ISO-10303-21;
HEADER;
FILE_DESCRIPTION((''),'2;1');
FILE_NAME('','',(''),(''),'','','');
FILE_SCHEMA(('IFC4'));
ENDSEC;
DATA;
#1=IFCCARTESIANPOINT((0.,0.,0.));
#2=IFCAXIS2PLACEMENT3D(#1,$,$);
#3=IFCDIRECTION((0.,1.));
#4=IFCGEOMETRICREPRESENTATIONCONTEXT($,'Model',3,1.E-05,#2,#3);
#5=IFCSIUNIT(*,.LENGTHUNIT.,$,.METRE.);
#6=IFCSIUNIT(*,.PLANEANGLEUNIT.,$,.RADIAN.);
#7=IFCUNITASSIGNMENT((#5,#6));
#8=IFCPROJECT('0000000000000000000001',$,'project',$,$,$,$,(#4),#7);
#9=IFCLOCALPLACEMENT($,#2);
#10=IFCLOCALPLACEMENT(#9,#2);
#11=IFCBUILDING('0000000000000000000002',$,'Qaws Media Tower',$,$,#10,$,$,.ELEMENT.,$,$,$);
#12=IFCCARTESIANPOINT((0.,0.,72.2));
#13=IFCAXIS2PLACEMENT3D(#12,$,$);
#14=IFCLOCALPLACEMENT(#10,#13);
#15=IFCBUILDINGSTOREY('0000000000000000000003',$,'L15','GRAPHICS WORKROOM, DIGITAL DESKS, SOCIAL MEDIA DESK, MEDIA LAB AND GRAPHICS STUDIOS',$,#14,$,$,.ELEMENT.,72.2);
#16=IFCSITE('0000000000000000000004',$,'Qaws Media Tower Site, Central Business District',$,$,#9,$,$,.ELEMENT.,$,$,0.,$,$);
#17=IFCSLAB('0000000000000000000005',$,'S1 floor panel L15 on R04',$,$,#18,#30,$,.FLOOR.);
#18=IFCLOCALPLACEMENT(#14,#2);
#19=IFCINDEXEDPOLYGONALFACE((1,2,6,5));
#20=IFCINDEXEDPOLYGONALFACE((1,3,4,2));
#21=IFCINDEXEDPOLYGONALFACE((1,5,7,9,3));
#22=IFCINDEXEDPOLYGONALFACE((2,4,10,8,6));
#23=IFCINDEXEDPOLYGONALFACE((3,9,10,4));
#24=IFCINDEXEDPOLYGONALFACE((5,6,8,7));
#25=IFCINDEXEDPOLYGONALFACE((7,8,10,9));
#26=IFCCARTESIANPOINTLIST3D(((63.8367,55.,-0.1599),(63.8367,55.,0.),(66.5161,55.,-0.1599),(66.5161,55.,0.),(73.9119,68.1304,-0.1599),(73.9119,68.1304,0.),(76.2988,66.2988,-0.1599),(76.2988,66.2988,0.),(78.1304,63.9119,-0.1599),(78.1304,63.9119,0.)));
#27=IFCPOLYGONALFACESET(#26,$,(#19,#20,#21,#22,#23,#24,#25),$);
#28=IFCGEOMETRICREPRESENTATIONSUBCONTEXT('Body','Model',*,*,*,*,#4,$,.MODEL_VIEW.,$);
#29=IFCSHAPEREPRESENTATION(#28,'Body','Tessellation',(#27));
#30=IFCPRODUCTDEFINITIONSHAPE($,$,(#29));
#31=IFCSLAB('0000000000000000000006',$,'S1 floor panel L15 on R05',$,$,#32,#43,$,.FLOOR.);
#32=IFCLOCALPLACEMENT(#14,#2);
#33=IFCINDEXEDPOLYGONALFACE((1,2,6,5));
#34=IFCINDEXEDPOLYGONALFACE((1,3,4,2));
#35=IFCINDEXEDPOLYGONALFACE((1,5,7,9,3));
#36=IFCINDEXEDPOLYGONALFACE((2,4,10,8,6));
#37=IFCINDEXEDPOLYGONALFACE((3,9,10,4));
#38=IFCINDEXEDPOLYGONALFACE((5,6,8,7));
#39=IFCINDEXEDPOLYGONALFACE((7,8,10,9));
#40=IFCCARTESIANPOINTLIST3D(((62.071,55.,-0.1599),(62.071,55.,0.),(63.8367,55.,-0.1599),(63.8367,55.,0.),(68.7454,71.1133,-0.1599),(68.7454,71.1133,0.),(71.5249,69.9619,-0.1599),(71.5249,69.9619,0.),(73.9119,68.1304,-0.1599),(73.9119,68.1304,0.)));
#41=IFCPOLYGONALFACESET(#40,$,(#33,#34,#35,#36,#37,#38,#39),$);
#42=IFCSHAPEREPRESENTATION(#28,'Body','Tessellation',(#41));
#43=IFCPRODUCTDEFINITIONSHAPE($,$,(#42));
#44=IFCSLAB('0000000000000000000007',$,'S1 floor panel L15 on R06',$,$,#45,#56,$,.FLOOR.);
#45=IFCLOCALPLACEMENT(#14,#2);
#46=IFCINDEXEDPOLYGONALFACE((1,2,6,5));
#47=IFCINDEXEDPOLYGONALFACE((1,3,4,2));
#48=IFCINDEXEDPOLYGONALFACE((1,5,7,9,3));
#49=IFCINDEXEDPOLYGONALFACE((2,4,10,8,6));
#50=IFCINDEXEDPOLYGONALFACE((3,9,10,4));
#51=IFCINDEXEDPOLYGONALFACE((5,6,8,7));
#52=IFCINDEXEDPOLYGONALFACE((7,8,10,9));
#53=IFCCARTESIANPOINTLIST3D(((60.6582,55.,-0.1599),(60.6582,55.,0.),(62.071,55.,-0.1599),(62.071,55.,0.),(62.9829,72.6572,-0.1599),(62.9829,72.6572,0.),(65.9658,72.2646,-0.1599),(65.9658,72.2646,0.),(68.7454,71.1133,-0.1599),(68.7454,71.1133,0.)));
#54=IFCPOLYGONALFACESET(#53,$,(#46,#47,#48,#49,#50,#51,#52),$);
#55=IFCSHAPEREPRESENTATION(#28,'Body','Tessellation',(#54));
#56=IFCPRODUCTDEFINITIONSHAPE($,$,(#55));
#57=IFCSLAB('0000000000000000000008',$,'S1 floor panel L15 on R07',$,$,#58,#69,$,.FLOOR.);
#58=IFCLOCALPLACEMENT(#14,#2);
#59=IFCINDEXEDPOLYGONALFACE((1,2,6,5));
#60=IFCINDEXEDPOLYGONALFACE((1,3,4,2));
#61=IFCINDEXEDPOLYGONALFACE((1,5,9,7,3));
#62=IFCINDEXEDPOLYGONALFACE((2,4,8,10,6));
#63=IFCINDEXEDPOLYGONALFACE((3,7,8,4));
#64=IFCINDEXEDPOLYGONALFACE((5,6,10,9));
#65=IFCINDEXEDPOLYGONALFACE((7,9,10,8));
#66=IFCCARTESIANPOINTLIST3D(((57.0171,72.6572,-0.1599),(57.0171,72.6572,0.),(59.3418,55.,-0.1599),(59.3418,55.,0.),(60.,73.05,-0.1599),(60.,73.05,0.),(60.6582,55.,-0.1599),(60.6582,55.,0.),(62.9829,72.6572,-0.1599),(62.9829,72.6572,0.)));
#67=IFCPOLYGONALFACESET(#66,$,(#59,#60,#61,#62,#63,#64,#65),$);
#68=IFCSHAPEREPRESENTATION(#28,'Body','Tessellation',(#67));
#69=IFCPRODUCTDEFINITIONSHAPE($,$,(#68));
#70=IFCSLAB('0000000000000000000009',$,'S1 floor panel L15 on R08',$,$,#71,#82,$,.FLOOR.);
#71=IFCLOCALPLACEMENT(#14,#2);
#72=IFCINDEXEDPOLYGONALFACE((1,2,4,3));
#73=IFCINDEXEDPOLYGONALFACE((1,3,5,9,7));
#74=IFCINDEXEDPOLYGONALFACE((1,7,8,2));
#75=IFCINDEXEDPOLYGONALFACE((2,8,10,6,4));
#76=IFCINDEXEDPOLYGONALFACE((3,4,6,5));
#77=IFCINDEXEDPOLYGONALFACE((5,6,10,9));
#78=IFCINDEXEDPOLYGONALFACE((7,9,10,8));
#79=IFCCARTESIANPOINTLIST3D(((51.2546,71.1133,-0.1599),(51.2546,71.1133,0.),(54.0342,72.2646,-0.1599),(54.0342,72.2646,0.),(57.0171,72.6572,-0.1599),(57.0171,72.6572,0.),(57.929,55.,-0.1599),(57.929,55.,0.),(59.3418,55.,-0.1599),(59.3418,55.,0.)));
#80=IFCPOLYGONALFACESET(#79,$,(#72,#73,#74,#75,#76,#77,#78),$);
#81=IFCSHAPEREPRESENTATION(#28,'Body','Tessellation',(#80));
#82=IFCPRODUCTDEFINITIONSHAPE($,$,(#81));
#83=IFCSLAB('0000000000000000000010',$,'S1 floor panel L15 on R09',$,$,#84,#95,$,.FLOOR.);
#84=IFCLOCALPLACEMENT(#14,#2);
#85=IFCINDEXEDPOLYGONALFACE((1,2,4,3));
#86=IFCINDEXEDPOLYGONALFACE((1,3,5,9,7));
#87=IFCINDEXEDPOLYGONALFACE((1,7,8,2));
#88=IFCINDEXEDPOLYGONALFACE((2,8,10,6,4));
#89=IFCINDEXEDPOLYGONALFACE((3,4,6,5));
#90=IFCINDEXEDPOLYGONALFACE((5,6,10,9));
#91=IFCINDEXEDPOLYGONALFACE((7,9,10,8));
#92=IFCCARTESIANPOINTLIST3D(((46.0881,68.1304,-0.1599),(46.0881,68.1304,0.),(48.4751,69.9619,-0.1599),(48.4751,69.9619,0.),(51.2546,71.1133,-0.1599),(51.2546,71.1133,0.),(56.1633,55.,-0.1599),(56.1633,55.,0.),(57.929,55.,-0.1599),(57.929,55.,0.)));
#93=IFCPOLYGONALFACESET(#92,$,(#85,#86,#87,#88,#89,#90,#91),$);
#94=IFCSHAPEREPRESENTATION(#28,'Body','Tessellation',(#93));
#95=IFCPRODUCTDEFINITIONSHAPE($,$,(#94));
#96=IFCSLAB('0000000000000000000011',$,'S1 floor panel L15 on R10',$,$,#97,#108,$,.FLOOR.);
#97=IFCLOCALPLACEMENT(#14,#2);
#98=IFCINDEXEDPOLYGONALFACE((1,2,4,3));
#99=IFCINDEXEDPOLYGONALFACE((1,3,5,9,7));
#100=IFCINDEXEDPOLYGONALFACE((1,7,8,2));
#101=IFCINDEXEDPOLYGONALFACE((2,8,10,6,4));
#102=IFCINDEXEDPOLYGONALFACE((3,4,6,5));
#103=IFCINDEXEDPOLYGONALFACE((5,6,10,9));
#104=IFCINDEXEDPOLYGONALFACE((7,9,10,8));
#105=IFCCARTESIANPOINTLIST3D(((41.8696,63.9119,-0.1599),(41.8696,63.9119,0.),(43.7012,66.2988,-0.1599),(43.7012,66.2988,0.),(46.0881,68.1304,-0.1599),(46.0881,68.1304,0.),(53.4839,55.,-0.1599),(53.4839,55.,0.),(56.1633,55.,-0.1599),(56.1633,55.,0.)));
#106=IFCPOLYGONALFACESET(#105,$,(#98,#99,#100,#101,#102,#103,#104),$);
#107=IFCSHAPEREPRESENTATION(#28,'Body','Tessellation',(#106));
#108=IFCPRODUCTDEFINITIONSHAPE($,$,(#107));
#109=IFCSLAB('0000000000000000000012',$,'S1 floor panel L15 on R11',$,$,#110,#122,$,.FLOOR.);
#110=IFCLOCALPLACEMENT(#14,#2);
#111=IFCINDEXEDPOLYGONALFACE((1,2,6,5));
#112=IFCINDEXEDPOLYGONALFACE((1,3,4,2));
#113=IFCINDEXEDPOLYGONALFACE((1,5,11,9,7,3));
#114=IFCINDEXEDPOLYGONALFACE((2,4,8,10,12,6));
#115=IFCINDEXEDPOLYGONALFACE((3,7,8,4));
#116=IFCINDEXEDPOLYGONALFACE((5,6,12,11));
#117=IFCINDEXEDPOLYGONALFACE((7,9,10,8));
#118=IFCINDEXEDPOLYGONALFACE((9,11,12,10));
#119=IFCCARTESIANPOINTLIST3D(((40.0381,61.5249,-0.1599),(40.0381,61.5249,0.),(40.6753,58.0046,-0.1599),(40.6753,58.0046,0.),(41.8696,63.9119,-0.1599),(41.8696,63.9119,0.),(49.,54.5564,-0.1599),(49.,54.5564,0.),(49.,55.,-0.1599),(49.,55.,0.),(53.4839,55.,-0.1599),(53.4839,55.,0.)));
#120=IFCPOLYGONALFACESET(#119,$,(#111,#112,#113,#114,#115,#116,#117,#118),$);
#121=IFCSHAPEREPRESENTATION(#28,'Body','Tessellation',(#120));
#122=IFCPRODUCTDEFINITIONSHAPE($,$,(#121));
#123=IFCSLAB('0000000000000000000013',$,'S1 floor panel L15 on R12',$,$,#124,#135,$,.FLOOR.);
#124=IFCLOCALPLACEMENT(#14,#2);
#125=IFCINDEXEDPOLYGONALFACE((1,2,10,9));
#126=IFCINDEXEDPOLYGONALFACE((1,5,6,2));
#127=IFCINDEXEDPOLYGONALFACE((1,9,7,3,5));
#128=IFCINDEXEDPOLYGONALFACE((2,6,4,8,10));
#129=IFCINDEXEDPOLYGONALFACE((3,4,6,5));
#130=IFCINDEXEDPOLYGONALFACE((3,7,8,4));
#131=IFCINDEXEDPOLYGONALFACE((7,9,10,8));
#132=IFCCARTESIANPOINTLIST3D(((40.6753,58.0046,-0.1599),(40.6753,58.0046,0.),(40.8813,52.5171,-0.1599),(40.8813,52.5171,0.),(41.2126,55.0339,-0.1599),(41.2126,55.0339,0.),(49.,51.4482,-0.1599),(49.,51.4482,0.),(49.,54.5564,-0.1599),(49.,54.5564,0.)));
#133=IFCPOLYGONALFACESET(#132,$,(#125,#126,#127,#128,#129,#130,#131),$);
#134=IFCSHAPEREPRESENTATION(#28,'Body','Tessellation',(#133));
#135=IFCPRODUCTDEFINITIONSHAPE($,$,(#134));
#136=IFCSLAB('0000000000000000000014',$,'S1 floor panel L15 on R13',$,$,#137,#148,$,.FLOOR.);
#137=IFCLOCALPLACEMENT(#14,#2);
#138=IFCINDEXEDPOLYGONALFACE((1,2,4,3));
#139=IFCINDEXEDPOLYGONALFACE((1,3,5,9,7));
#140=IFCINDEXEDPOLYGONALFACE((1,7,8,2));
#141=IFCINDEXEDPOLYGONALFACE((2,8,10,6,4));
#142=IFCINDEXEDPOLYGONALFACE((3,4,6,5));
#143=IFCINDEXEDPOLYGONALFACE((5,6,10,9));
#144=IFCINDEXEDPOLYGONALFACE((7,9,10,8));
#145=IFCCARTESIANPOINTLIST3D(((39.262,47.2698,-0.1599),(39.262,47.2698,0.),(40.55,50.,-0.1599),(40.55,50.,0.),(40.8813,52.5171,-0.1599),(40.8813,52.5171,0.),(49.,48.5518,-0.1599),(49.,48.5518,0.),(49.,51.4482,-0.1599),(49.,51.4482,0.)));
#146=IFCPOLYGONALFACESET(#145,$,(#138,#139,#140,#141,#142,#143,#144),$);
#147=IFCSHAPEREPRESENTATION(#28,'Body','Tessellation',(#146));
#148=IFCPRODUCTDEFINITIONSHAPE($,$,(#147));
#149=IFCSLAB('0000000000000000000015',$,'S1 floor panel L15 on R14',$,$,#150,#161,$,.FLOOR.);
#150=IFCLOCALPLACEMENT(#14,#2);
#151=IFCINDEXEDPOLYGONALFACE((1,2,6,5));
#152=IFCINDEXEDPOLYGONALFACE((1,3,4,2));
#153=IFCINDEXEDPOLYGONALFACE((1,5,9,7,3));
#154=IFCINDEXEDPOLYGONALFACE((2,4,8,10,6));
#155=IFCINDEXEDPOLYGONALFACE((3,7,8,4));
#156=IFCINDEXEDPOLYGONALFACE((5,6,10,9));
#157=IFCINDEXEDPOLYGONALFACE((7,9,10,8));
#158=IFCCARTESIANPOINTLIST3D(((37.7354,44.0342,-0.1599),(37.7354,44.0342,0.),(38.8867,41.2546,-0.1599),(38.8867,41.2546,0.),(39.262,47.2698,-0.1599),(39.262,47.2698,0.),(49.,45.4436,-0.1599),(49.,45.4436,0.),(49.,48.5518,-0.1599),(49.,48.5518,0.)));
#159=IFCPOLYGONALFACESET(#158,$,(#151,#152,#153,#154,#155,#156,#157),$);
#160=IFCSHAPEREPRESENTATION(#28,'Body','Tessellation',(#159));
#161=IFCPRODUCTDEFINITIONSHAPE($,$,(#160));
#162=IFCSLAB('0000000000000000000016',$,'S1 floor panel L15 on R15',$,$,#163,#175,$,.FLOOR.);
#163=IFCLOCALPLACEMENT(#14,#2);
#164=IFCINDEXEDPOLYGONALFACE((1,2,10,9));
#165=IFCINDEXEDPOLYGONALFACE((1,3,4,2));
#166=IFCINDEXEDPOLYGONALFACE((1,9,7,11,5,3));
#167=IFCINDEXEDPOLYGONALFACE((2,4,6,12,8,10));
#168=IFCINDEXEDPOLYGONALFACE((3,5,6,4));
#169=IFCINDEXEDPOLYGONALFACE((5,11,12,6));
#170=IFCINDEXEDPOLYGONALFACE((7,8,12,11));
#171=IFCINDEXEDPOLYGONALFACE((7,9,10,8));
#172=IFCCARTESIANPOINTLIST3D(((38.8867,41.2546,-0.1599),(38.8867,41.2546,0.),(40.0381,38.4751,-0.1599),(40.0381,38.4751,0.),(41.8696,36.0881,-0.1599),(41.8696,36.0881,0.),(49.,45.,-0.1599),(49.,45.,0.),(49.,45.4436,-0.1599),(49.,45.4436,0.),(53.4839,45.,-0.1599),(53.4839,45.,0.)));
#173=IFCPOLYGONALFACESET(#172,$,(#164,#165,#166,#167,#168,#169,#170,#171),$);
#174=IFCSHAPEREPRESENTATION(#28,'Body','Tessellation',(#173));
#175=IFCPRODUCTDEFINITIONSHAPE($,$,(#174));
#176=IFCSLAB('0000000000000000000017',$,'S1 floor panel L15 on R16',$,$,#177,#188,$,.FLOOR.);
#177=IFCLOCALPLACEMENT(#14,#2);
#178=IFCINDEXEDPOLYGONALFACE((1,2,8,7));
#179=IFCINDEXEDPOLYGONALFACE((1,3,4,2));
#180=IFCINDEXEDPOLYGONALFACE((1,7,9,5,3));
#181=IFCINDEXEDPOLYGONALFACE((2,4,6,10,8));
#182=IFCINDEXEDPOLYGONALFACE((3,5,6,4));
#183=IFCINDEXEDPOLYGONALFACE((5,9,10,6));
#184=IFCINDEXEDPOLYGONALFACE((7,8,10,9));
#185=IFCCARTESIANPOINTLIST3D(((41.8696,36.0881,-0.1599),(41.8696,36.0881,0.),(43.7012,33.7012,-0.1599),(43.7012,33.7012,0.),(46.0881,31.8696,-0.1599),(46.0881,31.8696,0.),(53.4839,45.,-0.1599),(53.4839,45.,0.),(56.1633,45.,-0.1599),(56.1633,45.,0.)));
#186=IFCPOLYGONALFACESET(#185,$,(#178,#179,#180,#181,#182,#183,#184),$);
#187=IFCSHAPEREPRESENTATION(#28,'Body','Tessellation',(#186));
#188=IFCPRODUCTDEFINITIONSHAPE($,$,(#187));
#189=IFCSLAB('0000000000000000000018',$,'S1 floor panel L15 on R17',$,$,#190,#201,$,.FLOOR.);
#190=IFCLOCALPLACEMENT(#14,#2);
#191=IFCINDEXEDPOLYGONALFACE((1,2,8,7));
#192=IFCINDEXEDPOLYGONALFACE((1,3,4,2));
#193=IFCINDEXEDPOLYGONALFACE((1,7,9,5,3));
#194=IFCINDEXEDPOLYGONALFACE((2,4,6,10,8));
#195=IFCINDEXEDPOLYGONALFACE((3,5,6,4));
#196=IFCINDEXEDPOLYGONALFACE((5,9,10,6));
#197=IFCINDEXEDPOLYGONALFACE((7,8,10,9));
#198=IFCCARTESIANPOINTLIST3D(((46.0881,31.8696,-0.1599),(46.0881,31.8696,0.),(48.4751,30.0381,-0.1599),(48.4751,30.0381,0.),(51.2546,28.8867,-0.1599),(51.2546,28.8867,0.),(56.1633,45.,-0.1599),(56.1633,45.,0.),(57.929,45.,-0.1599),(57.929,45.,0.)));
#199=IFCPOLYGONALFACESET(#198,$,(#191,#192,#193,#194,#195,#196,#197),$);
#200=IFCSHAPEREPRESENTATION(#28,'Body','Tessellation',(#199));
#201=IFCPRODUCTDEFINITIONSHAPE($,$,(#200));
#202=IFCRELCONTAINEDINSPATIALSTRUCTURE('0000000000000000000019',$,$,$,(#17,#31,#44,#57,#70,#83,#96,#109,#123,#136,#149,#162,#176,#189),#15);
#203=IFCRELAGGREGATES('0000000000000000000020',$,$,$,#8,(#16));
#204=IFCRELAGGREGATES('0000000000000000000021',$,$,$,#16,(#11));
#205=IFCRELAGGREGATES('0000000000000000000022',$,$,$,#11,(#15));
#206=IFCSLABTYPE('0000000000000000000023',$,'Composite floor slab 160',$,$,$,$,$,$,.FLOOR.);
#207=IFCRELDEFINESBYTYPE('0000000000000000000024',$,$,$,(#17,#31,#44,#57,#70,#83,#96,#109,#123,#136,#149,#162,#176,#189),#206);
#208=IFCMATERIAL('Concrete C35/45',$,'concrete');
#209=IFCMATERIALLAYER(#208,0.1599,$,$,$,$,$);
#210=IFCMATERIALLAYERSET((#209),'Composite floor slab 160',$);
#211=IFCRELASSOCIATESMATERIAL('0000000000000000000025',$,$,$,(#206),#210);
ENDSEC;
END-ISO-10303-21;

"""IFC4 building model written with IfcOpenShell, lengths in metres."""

from ifc_helpers import new_model, si_unit, direction, frame, origin, place, context, subcontext, project, spatial, polyline, outline, extrude, material, layer, layer_set, type_object, element, save


model = new_model("IFC4")

# Units and contexts
model_context = context("Model", 3, precision=1e-05, world=origin(), true_north=direction((0.0, 1.0)))
body_context = subcontext(model_context, "Body", "Model", "MODEL_VIEW")
ifc_project = project(units=[si_unit("LENGTHUNIT", "METRE"), si_unit("PLANEANGLEUNIT", "RADIAN")], contexts=[model_context])

# Site, building, storey
site_placement = place(None, origin())
site = spatial("IfcSite", under=ifc_project, at=site_placement, Name="Qaws Media Tower Site, Central Business District", CompositionType="ELEMENT", RefElevation=0.0)
building_placement = place(site_placement, origin())
building = spatial("IfcBuilding", under=site, at=building_placement, Name="Qaws Media Tower", CompositionType="ELEMENT")
storey_placement = place(building_placement, frame((0.0, 0.0, 72.2)))
storey = spatial("IfcBuildingStorey", under=building, at=storey_placement, Name="L15", Description="GRAPHICS WORKROOM, DIGITAL DESKS, SOCIAL MEDIA DESK, MEDIA LAB AND GRAPHICS STUDIOS", CompositionType="ELEMENT", Elevation=72.2)

# Slabs
ifc_material_1 = material(Name="Concrete C35/45", Category="concrete")
ifc_layer_1 = layer(ifc_material_1, 0.1599)
ifc_layer_set_1 = layer_set([ifc_layer_1], Name="Composite floor slab 160")
slab_type_1 = type_object("IfcSlabType", Name="Composite floor slab 160", PredefinedType="FLOOR", material=ifc_layer_set_1)
slab_1_placement = place(storey_placement, frame((0.0, 0.0, -0.1599)))
element("IfcSlab", 1, at=slab_1_placement, inside=storey, type_object=slab_type_1, Name="S1 floor panel L15 on R04", PredefinedType="FLOOR", context=body_context, shape_type="SweptSolid", body=[
    extrude(outline(polyline([(76.2988, 66.2988), (78.1304, 63.9119), (66.5161, 55.0), (63.8367, 55.0), (73.9119, 68.1304), (76.2988, 66.2988)])), origin(), (0.0, 0.0, 1.0), 0.1599),
])
slab_2_placement = place(storey_placement, frame((0.0, 0.0, -0.1599)))
element("IfcSlab", 2, at=slab_2_placement, inside=storey, type_object=slab_type_1, Name="S1 floor panel L15 on R05", PredefinedType="FLOOR", context=body_context, shape_type="SweptSolid", body=[
    extrude(outline(polyline([(71.5249, 69.9619), (73.9119, 68.1304), (63.8367, 55.0), (62.071, 55.0), (68.7454, 71.1133), (71.5249, 69.9619)])), origin(), (0.0, 0.0, 1.0), 0.1599),
])
slab_3_placement = place(storey_placement, frame((0.0, 0.0, -0.1599)))
element("IfcSlab", 3, at=slab_3_placement, inside=storey, type_object=slab_type_1, Name="S1 floor panel L15 on R06", PredefinedType="FLOOR", context=body_context, shape_type="SweptSolid", body=[
    extrude(outline(polyline([(65.9658, 72.2646), (68.7454, 71.1133), (62.071, 55.0), (60.6582, 55.0), (62.9829, 72.6572), (65.9658, 72.2646)])), origin(), (0.0, 0.0, 1.0), 0.1599),
])
slab_4_placement = place(storey_placement, frame((0.0, 0.0, -0.1599)))
element("IfcSlab", 4, at=slab_4_placement, inside=storey, type_object=slab_type_1, Name="S1 floor panel L15 on R07", PredefinedType="FLOOR", context=body_context, shape_type="SweptSolid", body=[
    extrude(outline(polyline([(60.0, 73.05), (62.9829, 72.6572), (60.6582, 55.0), (59.3418, 55.0), (57.0171, 72.6572), (60.0, 73.05)])), origin(), (0.0, 0.0, 1.0), 0.1599),
])
slab_5_placement = place(storey_placement, frame((0.0, 0.0, -0.1599)))
element("IfcSlab", 5, at=slab_5_placement, inside=storey, type_object=slab_type_1, Name="S1 floor panel L15 on R08", PredefinedType="FLOOR", context=body_context, shape_type="SweptSolid", body=[
    extrude(outline(polyline([(54.0342, 72.2646), (57.0171, 72.6572), (59.3418, 55.0), (57.929, 55.0), (51.2546, 71.1133), (54.0342, 72.2646)])), origin(), (0.0, 0.0, 1.0), 0.1599),
])
slab_6_placement = place(storey_placement, frame((0.0, 0.0, -0.1599)))
element("IfcSlab", 6, at=slab_6_placement, inside=storey, type_object=slab_type_1, Name="S1 floor panel L15 on R09", PredefinedType="FLOOR", context=body_context, shape_type="SweptSolid", body=[
    extrude(outline(polyline([(48.4751, 69.9619), (51.2546, 71.1133), (57.929, 55.0), (56.1633, 55.0), (46.0881, 68.1304), (48.4751, 69.9619)])), origin(), (0.0, 0.0, 1.0), 0.1599),
])
slab_7_placement = place(storey_placement, frame((0.0, 0.0, -0.1599)))
element("IfcSlab", 7, at=slab_7_placement, inside=storey, type_object=slab_type_1, Name="S1 floor panel L15 on R10", PredefinedType="FLOOR", context=body_context, shape_type="SweptSolid", body=[
    extrude(outline(polyline([(43.7012, 66.2988), (46.0881, 68.1304), (56.1633, 55.0), (53.4839, 55.0), (41.8696, 63.9119), (43.7012, 66.2988)])), origin(), (0.0, 0.0, 1.0), 0.1599),
])
slab_8_placement = place(storey_placement, frame((0.0, 0.0, -0.1599)))
element("IfcSlab", 8, at=slab_8_placement, inside=storey, type_object=slab_type_1, Name="S1 floor panel L15 on R11", PredefinedType="FLOOR", context=body_context, shape_type="SweptSolid", body=[
    extrude(outline(polyline([(40.0381, 61.5249), (41.8696, 63.9119), (53.4839, 55.0), (49.0, 55.0), (49.0, 54.5564), (40.6753, 58.0046), (40.0381, 61.5249)])), origin(), (0.0, 0.0, 1.0), 0.1599),
])
slab_9_placement = place(storey_placement, frame((0.0, 0.0, -0.1599)))
element("IfcSlab", 9, at=slab_9_placement, inside=storey, type_object=slab_type_1, Name="S1 floor panel L15 on R12", PredefinedType="FLOOR", context=body_context, shape_type="SweptSolid", body=[
    extrude(outline(polyline([(41.2126, 55.0339), (40.6753, 58.0046), (49.0, 54.5564), (49.0, 51.4482), (40.8813, 52.5171), (41.2126, 55.0339)])), origin(), (0.0, 0.0, 1.0), 0.1599),
])
slab_10_placement = place(storey_placement, frame((0.0, 0.0, -0.1599)))
element("IfcSlab", 10, at=slab_10_placement, inside=storey, type_object=slab_type_1, Name="S1 floor panel L15 on R13", PredefinedType="FLOOR", context=body_context, shape_type="SweptSolid", body=[
    extrude(outline(polyline([(40.55, 50.0), (40.8813, 52.5171), (49.0, 51.4482), (49.0, 48.5518), (39.262, 47.2698), (40.55, 50.0)])), origin(), (0.0, 0.0, 1.0), 0.1599),
])
slab_11_placement = place(storey_placement, frame((0.0, 0.0, -0.1599)))
element("IfcSlab", 11, at=slab_11_placement, inside=storey, type_object=slab_type_1, Name="S1 floor panel L15 on R14", PredefinedType="FLOOR", context=body_context, shape_type="SweptSolid", body=[
    extrude(outline(polyline([(37.7354, 44.0342), (39.262, 47.2698), (49.0, 48.5518), (49.0, 45.4436), (38.8867, 41.2546), (37.7354, 44.0342)])), origin(), (0.0, 0.0, 1.0), 0.1599),
])
slab_12_placement = place(storey_placement, frame((0.0, 0.0, -0.1599)))
element("IfcSlab", 12, at=slab_12_placement, inside=storey, type_object=slab_type_1, Name="S1 floor panel L15 on R15", PredefinedType="FLOOR", context=body_context, shape_type="SweptSolid", body=[
    extrude(outline(polyline([(40.0381, 38.4751), (38.8867, 41.2546), (49.0, 45.4436), (49.0, 45.0), (53.4839, 45.0), (41.8696, 36.0881), (40.0381, 38.4751)])), origin(), (0.0, 0.0, 1.0), 0.1599),
])
slab_13_placement = place(storey_placement, frame((0.0, 0.0, -0.1599)))
element("IfcSlab", 13, at=slab_13_placement, inside=storey, type_object=slab_type_1, Name="S1 floor panel L15 on R16", PredefinedType="FLOOR", context=body_context, shape_type="SweptSolid", body=[
    extrude(outline(polyline([(43.7012, 33.7012), (41.8696, 36.0881), (53.4839, 45.0), (56.1633, 45.0), (46.0881, 31.8696), (43.7012, 33.7012)])), origin(), (0.0, 0.0, 1.0), 0.1599),
])
slab_14_placement = place(storey_placement, frame((0.0, 0.0, -0.1599)))
element("IfcSlab", 14, at=slab_14_placement, inside=storey, type_object=slab_type_1, Name="S1 floor panel L15 on R17", PredefinedType="FLOOR", context=body_context, shape_type="SweptSolid", body=[
    extrude(outline(polyline([(48.4751, 30.0381), (46.0881, 31.8696), (56.1633, 45.0), (57.929, 45.0), (51.2546, 28.8867), (48.4751, 30.0381)])), origin(), (0.0, 0.0, 1.0), 0.1599),
])

save(model, "model.ifc")
